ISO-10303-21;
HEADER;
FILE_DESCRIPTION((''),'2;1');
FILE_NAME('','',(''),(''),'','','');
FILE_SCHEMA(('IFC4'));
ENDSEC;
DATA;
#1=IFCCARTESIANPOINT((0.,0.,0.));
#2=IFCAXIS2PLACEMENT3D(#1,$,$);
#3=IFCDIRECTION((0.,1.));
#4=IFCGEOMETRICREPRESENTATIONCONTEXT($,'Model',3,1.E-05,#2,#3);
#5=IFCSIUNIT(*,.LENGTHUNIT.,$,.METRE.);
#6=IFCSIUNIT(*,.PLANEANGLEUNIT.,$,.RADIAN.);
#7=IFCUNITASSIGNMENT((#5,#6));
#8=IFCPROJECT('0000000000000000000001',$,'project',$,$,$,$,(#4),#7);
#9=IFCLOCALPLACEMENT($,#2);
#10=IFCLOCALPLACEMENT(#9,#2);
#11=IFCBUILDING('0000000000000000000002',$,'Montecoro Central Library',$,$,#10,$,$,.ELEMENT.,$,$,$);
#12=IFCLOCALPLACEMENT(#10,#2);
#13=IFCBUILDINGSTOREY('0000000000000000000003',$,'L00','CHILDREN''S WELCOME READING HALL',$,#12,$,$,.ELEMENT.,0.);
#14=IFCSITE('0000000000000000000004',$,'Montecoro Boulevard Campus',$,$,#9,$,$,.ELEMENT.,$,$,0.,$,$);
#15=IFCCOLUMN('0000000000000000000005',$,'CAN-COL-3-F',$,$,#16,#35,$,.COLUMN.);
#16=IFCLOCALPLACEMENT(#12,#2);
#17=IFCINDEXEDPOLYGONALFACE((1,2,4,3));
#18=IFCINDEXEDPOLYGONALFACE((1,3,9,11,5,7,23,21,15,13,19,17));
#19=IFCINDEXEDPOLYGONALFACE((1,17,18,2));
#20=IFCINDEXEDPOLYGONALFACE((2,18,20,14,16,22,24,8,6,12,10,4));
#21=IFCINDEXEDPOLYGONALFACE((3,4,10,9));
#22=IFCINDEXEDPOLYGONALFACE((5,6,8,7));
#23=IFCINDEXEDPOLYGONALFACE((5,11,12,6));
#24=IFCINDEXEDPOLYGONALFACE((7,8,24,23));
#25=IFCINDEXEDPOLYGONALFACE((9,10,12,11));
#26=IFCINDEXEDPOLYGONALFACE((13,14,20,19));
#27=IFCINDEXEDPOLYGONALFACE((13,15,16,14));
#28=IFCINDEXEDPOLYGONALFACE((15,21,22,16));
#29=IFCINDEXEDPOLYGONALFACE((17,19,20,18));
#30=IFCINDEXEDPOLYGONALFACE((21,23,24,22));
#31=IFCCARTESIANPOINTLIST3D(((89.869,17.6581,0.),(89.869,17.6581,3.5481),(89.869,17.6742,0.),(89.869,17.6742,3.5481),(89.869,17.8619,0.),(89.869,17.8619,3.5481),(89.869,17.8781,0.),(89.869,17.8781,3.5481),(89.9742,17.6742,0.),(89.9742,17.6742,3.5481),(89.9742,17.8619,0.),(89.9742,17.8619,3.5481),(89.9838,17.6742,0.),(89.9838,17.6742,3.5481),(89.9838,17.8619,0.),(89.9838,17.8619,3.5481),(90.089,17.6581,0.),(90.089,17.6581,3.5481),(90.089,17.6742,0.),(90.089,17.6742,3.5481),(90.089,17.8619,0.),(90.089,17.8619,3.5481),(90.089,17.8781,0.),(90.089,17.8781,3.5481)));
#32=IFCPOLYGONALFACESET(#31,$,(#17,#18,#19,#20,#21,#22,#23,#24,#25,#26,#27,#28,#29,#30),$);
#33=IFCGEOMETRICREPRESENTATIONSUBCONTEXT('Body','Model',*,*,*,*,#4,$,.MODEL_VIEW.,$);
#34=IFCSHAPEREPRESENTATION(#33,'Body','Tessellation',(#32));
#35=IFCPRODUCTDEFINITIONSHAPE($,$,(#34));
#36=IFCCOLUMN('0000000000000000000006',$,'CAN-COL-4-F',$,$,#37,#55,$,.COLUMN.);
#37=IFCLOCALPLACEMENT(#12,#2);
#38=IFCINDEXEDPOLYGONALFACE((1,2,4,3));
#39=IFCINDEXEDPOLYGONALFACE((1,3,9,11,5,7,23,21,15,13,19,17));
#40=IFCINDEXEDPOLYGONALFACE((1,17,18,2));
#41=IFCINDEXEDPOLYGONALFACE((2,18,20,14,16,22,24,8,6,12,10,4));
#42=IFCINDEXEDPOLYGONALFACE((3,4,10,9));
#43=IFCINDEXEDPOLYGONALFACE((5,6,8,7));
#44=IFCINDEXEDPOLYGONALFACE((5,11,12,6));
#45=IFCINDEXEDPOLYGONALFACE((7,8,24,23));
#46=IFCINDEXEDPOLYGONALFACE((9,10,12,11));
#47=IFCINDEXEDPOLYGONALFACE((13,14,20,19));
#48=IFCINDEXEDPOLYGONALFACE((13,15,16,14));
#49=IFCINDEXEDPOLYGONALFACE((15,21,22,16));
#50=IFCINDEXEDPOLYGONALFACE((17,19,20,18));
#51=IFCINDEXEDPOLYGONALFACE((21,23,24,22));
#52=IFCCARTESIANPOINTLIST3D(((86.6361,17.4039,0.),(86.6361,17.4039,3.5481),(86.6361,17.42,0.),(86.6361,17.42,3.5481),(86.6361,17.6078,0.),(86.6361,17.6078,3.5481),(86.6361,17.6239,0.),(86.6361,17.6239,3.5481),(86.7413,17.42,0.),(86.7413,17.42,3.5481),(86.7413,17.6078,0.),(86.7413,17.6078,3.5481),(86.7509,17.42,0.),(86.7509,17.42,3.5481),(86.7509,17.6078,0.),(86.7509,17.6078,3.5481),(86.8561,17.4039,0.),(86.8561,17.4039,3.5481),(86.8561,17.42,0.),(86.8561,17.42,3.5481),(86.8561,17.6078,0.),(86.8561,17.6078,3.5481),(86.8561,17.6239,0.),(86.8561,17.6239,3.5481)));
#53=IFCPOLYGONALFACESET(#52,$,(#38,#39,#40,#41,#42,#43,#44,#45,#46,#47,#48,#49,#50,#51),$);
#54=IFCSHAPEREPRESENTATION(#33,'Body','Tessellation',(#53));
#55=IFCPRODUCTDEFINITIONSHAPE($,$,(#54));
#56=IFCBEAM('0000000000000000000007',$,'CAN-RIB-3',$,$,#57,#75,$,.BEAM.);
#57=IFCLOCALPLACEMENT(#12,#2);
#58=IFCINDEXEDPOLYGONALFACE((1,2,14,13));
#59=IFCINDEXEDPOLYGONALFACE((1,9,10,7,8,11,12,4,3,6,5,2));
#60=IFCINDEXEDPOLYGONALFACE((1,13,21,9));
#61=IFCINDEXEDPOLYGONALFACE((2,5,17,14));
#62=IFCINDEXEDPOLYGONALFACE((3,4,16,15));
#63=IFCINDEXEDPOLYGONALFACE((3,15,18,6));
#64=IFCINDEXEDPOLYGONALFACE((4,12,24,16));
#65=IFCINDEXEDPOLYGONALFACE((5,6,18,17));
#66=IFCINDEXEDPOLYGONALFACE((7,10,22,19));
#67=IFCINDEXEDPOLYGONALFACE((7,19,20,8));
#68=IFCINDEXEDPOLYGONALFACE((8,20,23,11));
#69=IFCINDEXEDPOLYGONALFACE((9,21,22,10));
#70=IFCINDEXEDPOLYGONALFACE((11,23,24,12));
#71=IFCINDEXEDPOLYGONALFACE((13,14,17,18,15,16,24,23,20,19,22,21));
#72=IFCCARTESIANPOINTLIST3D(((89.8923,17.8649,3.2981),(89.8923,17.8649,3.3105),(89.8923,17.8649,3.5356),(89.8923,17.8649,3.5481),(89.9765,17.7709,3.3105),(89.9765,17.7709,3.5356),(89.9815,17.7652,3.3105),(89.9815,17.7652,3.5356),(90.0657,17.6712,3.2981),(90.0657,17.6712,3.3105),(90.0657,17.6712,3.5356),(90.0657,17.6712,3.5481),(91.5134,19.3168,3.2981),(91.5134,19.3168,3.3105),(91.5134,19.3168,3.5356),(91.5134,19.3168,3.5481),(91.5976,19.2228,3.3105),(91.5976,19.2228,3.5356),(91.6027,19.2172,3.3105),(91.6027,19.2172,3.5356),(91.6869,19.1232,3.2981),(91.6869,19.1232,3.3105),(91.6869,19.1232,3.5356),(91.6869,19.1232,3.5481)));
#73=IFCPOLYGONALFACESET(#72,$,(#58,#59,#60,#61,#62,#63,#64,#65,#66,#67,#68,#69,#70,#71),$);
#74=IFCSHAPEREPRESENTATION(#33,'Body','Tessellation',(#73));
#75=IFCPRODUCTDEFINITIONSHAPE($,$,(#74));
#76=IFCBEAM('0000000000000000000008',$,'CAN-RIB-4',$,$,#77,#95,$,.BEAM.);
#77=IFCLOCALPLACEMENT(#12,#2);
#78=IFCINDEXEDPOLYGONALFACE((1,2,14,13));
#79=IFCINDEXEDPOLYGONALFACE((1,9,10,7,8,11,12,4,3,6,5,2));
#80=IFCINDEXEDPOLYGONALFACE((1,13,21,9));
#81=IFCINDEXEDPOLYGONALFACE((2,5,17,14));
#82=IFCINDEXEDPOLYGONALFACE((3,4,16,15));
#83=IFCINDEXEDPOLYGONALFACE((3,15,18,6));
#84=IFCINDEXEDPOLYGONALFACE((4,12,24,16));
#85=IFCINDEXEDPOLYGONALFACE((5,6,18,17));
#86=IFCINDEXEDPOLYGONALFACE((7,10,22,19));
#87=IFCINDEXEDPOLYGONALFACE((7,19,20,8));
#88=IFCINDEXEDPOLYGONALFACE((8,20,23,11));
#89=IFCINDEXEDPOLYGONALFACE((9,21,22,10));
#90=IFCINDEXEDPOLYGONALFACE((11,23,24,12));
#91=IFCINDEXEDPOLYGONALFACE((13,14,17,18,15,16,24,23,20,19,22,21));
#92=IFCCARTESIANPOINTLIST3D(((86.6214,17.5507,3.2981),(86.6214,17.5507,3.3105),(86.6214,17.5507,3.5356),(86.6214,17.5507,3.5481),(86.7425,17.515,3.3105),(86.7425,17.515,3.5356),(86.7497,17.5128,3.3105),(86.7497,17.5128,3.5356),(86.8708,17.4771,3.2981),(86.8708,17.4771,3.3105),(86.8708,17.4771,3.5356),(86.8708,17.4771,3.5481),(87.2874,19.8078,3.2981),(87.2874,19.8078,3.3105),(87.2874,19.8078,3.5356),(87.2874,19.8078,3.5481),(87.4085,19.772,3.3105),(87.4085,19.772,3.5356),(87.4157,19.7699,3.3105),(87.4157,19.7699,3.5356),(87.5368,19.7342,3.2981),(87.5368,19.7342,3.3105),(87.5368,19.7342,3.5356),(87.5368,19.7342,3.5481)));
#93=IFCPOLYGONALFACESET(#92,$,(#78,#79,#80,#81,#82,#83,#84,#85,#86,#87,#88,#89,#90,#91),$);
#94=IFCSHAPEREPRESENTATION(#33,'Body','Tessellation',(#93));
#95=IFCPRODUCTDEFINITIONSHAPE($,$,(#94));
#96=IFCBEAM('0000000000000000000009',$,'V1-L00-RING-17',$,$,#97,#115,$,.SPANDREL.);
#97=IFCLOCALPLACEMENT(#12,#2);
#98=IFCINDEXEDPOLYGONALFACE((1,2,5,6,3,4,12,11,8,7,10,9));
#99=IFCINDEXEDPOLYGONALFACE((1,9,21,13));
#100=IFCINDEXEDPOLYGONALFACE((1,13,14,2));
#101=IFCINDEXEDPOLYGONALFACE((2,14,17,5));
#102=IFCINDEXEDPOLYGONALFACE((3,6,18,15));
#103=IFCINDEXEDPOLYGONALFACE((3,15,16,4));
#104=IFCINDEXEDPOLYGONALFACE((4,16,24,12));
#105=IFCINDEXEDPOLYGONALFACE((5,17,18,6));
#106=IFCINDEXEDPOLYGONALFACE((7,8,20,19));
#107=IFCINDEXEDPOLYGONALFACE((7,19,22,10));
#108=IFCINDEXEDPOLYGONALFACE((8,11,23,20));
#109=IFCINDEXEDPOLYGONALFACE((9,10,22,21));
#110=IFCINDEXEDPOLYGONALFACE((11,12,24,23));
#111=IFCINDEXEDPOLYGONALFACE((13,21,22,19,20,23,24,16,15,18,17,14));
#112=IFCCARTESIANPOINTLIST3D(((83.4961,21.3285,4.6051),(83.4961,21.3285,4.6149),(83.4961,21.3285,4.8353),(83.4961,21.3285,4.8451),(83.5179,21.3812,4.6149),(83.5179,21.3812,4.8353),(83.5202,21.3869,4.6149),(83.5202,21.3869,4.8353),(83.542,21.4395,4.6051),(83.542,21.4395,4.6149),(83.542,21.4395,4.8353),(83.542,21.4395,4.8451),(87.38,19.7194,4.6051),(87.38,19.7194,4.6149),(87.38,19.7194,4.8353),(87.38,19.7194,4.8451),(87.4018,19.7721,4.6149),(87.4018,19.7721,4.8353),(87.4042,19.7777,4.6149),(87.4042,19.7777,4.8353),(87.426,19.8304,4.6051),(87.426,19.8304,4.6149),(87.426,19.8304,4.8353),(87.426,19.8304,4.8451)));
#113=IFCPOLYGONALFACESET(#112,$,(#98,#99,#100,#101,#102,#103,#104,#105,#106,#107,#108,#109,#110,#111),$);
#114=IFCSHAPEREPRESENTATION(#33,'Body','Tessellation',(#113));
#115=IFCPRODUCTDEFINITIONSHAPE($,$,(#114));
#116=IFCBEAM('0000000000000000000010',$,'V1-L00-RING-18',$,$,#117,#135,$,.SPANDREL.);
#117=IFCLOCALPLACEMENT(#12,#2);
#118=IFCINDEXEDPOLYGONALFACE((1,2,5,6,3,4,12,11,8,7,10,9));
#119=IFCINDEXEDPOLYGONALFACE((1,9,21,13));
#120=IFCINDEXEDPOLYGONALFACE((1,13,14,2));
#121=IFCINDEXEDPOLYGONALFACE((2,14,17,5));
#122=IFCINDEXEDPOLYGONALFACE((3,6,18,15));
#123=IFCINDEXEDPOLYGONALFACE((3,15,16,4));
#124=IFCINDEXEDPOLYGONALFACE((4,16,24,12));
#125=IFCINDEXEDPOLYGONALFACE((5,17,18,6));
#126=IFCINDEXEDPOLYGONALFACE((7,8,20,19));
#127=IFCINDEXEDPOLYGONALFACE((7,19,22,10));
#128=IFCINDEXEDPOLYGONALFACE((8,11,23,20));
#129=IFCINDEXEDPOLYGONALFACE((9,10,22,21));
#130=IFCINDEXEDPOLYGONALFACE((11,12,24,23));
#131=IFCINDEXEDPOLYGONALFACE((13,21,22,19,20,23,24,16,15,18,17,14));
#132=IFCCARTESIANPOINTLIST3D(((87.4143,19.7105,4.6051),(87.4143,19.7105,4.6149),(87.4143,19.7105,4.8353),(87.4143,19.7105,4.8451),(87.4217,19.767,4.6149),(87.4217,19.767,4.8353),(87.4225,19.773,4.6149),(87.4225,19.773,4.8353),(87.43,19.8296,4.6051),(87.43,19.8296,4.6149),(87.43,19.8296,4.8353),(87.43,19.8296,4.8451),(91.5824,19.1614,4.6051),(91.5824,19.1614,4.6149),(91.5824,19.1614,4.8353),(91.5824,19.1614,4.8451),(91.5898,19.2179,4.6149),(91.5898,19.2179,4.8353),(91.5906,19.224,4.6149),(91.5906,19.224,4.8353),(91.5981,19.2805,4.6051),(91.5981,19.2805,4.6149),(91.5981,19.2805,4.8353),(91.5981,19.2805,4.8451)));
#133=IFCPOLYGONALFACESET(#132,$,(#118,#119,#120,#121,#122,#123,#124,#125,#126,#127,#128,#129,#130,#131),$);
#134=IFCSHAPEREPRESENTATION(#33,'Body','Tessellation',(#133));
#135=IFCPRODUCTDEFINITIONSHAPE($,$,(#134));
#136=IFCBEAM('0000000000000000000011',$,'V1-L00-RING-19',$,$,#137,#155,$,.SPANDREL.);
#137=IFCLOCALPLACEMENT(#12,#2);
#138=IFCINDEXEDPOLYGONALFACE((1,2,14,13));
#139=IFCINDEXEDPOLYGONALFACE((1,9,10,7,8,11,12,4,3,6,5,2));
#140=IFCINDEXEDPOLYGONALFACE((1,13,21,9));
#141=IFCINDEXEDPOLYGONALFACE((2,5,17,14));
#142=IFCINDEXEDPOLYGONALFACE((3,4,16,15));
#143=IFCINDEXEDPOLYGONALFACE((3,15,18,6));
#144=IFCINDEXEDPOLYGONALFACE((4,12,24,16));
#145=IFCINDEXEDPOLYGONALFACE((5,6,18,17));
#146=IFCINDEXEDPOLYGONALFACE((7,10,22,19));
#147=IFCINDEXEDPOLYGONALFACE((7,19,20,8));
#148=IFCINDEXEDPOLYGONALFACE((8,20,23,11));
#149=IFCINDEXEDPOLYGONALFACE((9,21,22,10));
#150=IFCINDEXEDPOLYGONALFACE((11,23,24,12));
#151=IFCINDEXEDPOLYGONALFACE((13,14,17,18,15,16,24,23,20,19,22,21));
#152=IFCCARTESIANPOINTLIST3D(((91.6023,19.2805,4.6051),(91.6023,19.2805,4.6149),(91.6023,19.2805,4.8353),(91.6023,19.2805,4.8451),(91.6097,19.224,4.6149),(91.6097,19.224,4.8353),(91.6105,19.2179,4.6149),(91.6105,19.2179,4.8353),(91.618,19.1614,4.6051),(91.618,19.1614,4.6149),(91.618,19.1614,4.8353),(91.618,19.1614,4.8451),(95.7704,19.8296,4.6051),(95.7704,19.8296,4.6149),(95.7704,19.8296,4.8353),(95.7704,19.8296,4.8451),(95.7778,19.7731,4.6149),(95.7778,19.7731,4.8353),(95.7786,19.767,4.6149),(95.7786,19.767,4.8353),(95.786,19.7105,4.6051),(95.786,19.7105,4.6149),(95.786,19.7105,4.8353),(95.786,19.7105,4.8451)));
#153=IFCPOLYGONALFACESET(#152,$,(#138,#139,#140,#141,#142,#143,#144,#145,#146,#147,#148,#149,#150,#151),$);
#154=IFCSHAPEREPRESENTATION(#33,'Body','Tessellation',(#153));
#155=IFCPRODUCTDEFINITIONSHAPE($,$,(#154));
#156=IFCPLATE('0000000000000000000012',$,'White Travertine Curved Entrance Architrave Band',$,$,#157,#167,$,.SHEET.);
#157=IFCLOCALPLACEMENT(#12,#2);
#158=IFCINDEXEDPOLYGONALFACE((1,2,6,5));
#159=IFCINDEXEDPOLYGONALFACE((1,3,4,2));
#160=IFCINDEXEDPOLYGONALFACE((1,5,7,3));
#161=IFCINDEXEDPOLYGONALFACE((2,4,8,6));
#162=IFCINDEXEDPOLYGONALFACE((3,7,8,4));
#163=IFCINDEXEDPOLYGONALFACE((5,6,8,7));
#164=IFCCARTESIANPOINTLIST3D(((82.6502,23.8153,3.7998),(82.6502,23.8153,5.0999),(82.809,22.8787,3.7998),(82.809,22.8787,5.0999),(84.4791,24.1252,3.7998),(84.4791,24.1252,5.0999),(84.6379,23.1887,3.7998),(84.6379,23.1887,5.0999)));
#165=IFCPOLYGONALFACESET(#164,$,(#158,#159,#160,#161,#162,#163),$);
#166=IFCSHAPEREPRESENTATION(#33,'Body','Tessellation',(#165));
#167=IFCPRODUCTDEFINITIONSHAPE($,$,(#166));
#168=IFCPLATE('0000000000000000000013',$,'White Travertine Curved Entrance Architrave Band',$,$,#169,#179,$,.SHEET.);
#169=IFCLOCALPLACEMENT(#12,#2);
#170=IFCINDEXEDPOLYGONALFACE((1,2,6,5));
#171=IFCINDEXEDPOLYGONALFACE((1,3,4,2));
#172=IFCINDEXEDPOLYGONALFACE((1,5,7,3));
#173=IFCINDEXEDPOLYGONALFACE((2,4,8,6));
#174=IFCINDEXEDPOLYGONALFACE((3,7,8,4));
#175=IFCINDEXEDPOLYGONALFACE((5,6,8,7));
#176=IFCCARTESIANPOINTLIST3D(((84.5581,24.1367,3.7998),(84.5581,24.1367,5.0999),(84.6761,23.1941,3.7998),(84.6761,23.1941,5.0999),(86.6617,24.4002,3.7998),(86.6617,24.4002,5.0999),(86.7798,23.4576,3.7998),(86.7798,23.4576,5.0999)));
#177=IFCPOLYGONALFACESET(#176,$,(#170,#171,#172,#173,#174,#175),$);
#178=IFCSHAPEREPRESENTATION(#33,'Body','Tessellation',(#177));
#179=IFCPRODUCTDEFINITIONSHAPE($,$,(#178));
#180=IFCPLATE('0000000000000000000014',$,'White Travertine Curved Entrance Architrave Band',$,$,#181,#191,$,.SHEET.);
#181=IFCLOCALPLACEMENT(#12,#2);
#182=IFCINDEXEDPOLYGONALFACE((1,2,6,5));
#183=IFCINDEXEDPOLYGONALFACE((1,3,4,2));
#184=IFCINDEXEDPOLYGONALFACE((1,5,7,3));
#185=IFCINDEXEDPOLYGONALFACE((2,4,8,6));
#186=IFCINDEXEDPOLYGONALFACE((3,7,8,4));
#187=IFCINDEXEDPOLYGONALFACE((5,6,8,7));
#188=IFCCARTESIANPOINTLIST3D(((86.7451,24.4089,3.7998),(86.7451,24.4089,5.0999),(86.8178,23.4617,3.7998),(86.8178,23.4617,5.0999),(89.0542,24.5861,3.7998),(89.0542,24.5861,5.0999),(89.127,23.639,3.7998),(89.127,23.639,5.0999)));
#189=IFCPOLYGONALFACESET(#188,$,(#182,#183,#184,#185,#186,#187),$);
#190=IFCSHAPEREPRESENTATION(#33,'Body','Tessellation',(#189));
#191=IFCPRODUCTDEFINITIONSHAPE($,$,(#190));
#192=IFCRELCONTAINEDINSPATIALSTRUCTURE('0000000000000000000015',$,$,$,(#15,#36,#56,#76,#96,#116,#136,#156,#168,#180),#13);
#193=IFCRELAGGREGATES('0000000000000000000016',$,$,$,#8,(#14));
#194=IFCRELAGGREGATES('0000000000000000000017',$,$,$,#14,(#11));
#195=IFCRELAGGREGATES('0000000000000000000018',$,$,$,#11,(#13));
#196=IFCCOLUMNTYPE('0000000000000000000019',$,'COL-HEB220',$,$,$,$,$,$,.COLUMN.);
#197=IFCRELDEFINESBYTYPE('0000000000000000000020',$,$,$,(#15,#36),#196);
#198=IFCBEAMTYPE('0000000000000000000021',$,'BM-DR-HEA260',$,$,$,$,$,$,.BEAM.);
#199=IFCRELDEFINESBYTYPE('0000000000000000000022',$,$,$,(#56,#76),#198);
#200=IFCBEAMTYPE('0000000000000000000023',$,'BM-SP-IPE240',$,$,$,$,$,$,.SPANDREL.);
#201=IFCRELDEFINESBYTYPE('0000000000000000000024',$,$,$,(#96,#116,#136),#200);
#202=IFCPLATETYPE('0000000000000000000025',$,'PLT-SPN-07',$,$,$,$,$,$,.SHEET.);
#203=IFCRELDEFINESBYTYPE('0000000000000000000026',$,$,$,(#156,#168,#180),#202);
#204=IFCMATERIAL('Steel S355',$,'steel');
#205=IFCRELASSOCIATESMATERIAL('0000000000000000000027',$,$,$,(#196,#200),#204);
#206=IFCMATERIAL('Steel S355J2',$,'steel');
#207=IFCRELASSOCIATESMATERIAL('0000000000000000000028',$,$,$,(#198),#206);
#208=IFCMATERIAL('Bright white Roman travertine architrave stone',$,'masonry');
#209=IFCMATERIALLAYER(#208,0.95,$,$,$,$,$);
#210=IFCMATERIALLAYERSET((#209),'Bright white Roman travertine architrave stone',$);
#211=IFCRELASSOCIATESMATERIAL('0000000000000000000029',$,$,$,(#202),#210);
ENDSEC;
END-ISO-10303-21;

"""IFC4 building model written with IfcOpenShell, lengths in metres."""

from ifc_helpers import new_model, si_unit, direction, frame, origin, origin_2d, place, context, subcontext, project, spatial, rectangle, i_section, extrude, material, layer, layer_set, material_profile, profile_set, type_object, element, save


model = new_model("IFC4")

# Units and contexts
model_context = context("Model", 3, precision=1e-05, world=origin(), true_north=direction((0.0, 1.0)))
body_context = subcontext(model_context, "Body", "Model", "MODEL_VIEW")
ifc_project = project(units=[si_unit("LENGTHUNIT", "METRE"), si_unit("PLANEANGLEUNIT", "RADIAN")], contexts=[model_context])

# Site, building, storey
site_placement = place(None, origin())
site = spatial("IfcSite", under=ifc_project, at=site_placement, Name="Montecoro Boulevard Campus", CompositionType="ELEMENT", RefElevation=0.0)
building_placement = place(site_placement, origin())
building = spatial("IfcBuilding", under=site, at=building_placement, Name="Montecoro Central Library", CompositionType="ELEMENT")
storey_placement = place(building_placement, origin())
storey = spatial("IfcBuildingStorey", under=building, at=storey_placement, Name="L00", Description="CHILDREN'S WELCOME READING HALL", CompositionType="ELEMENT", Elevation=0.0)

# Columns
ifc_material_1 = material(Name="Steel S355J2", Category="steel")
ifc_material_2 = material(Name="Steel S355", Category="steel")
ifc_material_profile_1 = material_profile(ifc_material_2, i_section(OverallWidth=0.22, OverallDepth=0.22, WebThickness=0.0095, FlangeThickness=0.0161, at=origin_2d()), Name="HEB 220")
ifc_profile_set_1 = profile_set([ifc_material_profile_1], Name="Steel S355")
column_type_1 = type_object("IfcColumnType", Name="COL-HEB220", PredefinedType="COLUMN", material=ifc_profile_set_1)
for number, where, z_axis, x_axis, name in (
    (1, (89.979, 17.7681, 0.0), (0.0, 0.0, 1.0), (1.0, 0.0, 0.0), "CAN-COL-3-F"),
    (2, (86.7461, 17.5139, 0.0), (0.0, 0.0, 1.0), (1.0, 0.0, 0.0), "CAN-COL-4-F"),
):
    element("IfcColumn", number, at=place(storey_placement, frame(where, z_axis=z_axis, x_axis=x_axis)), inside=storey, type_object=column_type_1, Name=name, PredefinedType="COLUMN", context=body_context, shape_type="SweptSolid", body=[
        extrude(i_section(OverallWidth=0.22, OverallDepth=0.22, WebThickness=0.0095, FlangeThickness=0.0161, at=origin_2d()), origin(), (0.0, 0.0, 1.0), 3.5481),
    ])

# Beams
ifc_material_profile_2 = material_profile(ifc_material_1, i_section(OverallWidth=0.26, OverallDepth=0.25, WebThickness=0.0076, FlangeThickness=0.0125, at=origin_2d()), Name="HEA 260")
ifc_profile_set_2 = profile_set([ifc_material_profile_2], Name="Steel S355J2")
beam_type_1 = type_object("IfcBeamType", Name="BM-DR-HEA260", PredefinedType="BEAM", material=ifc_profile_set_2)
beam_1_placement = place(storey_placement, frame((89.979, 17.7681, 3.4231), z_axis=(0.74491, 0.667165, 0.0), x_axis=(-0.667165, 0.74491, 0.0)))
element("IfcBeam", 3, at=beam_1_placement, inside=storey, type_object=beam_type_1, Name="CAN-RIB-3", PredefinedType="BEAM", context=body_context, shape_type="SweptSolid", body=[
    extrude(i_section(OverallWidth=0.26, OverallDepth=0.25, WebThickness=0.0076, FlangeThickness=0.0125, at=origin_2d()), origin(), (0.0, 0.0, 1.0), 2.1763),
])
beam_2_placement = place(storey_placement, frame((86.7461, 17.5139, 3.4231), z_axis=(0.283014, 0.959116, 0.0), x_axis=(-0.959116, 0.283014, 0.0)))
element("IfcBeam", 4, at=beam_2_placement, inside=storey, type_object=beam_type_1, Name="CAN-RIB-4", PredefinedType="BEAM", context=body_context, shape_type="SweptSolid", body=[
    extrude(i_section(OverallWidth=0.26, OverallDepth=0.25, WebThickness=0.0076, FlangeThickness=0.0125, at=origin_2d()), origin(), (0.0, 0.0, 1.0), 2.3533),
])
ifc_material_profile_3 = material_profile(ifc_material_2, i_section(OverallWidth=0.1201, OverallDepth=0.24, WebThickness=0.0061, FlangeThickness=0.0098, at=origin_2d()), Name="IPE 240")
ifc_profile_set_3 = profile_set([ifc_material_profile_3], Name="Steel S355")
beam_type_2 = type_object("IfcBeamType", Name="BM-SP-IPE240", PredefinedType="SPANDREL", material=ifc_profile_set_3)
for number, where, z_axis, x_axis, name in (
    (5, (83.519, 21.384, 4.7251), (0.923853, -0.382747, 0.0), (0.382747, 0.923853, 0.0), "V1-L00-RING-17"),
    (6, (87.4221, 19.77, 4.7251), (0.991434, -0.130608, 0.0), (0.130608, 0.991434, 0.0), "V1-L00-RING-18"),
    (7, (91.6101, 19.2209, 4.7251), (0.991434, 0.130608, 0.0), (-0.130608, 0.991434, 0.0), "V1-L00-RING-19"),
):
    element("IfcBeam", number, at=place(storey_placement, frame(where, z_axis=z_axis, x_axis=x_axis)), inside=storey, type_object=beam_type_2, Name=name, PredefinedType="SPANDREL", context=body_context, shape_type="SweptSolid", body=[
        extrude(i_section(OverallWidth=0.1201, OverallDepth=0.24, WebThickness=0.0061, FlangeThickness=0.0098, at=origin_2d()), origin(), (0.0, 0.0, 1.0), 4.2041),
    ])

# Plates
ifc_material_3 = material(Name="Bright white Roman travertine architrave stone", Category="masonry")
ifc_layer_1 = layer(ifc_material_3, 0.95)
ifc_layer_set_1 = layer_set([ifc_layer_1], Name="Bright white Roman travertine architrave stone")
plate_type = type_object("IfcPlateType", Name="PLT-SPN-07", PredefinedType="SHEET", material=ifc_layer_set_1)
plate_1_placement = place(storey_placement, frame((83.644, 23.502, 3.7998), z_axis=(0.0, 0.0, 1.0), x_axis=(0.985938, 0.167113, 0.0)))
element("IfcPlate", 8, at=plate_1_placement, inside=storey, type_object=plate_type, Name="White Travertine Curved Entrance Architrave Band", PredefinedType="SHEET", context=body_context, shape_type="SweptSolid", body=[
    extrude(rectangle(XDim=1.855, YDim=0.95, at=origin_2d()), origin(), (0.0, 0.0, 1.0), 1.3),
])
plate_2_placement = place(storey_placement, frame((85.6689, 23.7971, 3.7998), z_axis=(0.0, 0.0, 1.0), x_axis=(0.992245, 0.124294, 0.0)))
element("IfcPlate", 9, at=plate_2_placement, inside=storey, type_object=plate_type, Name="White Travertine Curved Entrance Architrave Band", PredefinedType="SHEET", context=body_context, shape_type="SweptSolid", body=[
    extrude(rectangle(XDim=2.1201, YDim=0.95, at=origin_2d()), origin(), (0.0, 0.0, 1.0), 1.3),
])
plate_3_placement = place(storey_placement, frame((87.936, 24.0239, 3.7998), z_axis=(0.0, 0.0, 1.0), x_axis=(0.997066, 0.076545, 0.0)))
element("IfcPlate", 10, at=plate_3_placement, inside=storey, type_object=plate_type, Name="White Travertine Curved Entrance Architrave Band", PredefinedType="SHEET", context=body_context, shape_type="SweptSolid", body=[
    extrude(rectangle(XDim=2.3159, YDim=0.95, at=origin_2d()), origin(), (0.0, 0.0, 1.0), 1.3),
])

save(model, "model.ifc")
